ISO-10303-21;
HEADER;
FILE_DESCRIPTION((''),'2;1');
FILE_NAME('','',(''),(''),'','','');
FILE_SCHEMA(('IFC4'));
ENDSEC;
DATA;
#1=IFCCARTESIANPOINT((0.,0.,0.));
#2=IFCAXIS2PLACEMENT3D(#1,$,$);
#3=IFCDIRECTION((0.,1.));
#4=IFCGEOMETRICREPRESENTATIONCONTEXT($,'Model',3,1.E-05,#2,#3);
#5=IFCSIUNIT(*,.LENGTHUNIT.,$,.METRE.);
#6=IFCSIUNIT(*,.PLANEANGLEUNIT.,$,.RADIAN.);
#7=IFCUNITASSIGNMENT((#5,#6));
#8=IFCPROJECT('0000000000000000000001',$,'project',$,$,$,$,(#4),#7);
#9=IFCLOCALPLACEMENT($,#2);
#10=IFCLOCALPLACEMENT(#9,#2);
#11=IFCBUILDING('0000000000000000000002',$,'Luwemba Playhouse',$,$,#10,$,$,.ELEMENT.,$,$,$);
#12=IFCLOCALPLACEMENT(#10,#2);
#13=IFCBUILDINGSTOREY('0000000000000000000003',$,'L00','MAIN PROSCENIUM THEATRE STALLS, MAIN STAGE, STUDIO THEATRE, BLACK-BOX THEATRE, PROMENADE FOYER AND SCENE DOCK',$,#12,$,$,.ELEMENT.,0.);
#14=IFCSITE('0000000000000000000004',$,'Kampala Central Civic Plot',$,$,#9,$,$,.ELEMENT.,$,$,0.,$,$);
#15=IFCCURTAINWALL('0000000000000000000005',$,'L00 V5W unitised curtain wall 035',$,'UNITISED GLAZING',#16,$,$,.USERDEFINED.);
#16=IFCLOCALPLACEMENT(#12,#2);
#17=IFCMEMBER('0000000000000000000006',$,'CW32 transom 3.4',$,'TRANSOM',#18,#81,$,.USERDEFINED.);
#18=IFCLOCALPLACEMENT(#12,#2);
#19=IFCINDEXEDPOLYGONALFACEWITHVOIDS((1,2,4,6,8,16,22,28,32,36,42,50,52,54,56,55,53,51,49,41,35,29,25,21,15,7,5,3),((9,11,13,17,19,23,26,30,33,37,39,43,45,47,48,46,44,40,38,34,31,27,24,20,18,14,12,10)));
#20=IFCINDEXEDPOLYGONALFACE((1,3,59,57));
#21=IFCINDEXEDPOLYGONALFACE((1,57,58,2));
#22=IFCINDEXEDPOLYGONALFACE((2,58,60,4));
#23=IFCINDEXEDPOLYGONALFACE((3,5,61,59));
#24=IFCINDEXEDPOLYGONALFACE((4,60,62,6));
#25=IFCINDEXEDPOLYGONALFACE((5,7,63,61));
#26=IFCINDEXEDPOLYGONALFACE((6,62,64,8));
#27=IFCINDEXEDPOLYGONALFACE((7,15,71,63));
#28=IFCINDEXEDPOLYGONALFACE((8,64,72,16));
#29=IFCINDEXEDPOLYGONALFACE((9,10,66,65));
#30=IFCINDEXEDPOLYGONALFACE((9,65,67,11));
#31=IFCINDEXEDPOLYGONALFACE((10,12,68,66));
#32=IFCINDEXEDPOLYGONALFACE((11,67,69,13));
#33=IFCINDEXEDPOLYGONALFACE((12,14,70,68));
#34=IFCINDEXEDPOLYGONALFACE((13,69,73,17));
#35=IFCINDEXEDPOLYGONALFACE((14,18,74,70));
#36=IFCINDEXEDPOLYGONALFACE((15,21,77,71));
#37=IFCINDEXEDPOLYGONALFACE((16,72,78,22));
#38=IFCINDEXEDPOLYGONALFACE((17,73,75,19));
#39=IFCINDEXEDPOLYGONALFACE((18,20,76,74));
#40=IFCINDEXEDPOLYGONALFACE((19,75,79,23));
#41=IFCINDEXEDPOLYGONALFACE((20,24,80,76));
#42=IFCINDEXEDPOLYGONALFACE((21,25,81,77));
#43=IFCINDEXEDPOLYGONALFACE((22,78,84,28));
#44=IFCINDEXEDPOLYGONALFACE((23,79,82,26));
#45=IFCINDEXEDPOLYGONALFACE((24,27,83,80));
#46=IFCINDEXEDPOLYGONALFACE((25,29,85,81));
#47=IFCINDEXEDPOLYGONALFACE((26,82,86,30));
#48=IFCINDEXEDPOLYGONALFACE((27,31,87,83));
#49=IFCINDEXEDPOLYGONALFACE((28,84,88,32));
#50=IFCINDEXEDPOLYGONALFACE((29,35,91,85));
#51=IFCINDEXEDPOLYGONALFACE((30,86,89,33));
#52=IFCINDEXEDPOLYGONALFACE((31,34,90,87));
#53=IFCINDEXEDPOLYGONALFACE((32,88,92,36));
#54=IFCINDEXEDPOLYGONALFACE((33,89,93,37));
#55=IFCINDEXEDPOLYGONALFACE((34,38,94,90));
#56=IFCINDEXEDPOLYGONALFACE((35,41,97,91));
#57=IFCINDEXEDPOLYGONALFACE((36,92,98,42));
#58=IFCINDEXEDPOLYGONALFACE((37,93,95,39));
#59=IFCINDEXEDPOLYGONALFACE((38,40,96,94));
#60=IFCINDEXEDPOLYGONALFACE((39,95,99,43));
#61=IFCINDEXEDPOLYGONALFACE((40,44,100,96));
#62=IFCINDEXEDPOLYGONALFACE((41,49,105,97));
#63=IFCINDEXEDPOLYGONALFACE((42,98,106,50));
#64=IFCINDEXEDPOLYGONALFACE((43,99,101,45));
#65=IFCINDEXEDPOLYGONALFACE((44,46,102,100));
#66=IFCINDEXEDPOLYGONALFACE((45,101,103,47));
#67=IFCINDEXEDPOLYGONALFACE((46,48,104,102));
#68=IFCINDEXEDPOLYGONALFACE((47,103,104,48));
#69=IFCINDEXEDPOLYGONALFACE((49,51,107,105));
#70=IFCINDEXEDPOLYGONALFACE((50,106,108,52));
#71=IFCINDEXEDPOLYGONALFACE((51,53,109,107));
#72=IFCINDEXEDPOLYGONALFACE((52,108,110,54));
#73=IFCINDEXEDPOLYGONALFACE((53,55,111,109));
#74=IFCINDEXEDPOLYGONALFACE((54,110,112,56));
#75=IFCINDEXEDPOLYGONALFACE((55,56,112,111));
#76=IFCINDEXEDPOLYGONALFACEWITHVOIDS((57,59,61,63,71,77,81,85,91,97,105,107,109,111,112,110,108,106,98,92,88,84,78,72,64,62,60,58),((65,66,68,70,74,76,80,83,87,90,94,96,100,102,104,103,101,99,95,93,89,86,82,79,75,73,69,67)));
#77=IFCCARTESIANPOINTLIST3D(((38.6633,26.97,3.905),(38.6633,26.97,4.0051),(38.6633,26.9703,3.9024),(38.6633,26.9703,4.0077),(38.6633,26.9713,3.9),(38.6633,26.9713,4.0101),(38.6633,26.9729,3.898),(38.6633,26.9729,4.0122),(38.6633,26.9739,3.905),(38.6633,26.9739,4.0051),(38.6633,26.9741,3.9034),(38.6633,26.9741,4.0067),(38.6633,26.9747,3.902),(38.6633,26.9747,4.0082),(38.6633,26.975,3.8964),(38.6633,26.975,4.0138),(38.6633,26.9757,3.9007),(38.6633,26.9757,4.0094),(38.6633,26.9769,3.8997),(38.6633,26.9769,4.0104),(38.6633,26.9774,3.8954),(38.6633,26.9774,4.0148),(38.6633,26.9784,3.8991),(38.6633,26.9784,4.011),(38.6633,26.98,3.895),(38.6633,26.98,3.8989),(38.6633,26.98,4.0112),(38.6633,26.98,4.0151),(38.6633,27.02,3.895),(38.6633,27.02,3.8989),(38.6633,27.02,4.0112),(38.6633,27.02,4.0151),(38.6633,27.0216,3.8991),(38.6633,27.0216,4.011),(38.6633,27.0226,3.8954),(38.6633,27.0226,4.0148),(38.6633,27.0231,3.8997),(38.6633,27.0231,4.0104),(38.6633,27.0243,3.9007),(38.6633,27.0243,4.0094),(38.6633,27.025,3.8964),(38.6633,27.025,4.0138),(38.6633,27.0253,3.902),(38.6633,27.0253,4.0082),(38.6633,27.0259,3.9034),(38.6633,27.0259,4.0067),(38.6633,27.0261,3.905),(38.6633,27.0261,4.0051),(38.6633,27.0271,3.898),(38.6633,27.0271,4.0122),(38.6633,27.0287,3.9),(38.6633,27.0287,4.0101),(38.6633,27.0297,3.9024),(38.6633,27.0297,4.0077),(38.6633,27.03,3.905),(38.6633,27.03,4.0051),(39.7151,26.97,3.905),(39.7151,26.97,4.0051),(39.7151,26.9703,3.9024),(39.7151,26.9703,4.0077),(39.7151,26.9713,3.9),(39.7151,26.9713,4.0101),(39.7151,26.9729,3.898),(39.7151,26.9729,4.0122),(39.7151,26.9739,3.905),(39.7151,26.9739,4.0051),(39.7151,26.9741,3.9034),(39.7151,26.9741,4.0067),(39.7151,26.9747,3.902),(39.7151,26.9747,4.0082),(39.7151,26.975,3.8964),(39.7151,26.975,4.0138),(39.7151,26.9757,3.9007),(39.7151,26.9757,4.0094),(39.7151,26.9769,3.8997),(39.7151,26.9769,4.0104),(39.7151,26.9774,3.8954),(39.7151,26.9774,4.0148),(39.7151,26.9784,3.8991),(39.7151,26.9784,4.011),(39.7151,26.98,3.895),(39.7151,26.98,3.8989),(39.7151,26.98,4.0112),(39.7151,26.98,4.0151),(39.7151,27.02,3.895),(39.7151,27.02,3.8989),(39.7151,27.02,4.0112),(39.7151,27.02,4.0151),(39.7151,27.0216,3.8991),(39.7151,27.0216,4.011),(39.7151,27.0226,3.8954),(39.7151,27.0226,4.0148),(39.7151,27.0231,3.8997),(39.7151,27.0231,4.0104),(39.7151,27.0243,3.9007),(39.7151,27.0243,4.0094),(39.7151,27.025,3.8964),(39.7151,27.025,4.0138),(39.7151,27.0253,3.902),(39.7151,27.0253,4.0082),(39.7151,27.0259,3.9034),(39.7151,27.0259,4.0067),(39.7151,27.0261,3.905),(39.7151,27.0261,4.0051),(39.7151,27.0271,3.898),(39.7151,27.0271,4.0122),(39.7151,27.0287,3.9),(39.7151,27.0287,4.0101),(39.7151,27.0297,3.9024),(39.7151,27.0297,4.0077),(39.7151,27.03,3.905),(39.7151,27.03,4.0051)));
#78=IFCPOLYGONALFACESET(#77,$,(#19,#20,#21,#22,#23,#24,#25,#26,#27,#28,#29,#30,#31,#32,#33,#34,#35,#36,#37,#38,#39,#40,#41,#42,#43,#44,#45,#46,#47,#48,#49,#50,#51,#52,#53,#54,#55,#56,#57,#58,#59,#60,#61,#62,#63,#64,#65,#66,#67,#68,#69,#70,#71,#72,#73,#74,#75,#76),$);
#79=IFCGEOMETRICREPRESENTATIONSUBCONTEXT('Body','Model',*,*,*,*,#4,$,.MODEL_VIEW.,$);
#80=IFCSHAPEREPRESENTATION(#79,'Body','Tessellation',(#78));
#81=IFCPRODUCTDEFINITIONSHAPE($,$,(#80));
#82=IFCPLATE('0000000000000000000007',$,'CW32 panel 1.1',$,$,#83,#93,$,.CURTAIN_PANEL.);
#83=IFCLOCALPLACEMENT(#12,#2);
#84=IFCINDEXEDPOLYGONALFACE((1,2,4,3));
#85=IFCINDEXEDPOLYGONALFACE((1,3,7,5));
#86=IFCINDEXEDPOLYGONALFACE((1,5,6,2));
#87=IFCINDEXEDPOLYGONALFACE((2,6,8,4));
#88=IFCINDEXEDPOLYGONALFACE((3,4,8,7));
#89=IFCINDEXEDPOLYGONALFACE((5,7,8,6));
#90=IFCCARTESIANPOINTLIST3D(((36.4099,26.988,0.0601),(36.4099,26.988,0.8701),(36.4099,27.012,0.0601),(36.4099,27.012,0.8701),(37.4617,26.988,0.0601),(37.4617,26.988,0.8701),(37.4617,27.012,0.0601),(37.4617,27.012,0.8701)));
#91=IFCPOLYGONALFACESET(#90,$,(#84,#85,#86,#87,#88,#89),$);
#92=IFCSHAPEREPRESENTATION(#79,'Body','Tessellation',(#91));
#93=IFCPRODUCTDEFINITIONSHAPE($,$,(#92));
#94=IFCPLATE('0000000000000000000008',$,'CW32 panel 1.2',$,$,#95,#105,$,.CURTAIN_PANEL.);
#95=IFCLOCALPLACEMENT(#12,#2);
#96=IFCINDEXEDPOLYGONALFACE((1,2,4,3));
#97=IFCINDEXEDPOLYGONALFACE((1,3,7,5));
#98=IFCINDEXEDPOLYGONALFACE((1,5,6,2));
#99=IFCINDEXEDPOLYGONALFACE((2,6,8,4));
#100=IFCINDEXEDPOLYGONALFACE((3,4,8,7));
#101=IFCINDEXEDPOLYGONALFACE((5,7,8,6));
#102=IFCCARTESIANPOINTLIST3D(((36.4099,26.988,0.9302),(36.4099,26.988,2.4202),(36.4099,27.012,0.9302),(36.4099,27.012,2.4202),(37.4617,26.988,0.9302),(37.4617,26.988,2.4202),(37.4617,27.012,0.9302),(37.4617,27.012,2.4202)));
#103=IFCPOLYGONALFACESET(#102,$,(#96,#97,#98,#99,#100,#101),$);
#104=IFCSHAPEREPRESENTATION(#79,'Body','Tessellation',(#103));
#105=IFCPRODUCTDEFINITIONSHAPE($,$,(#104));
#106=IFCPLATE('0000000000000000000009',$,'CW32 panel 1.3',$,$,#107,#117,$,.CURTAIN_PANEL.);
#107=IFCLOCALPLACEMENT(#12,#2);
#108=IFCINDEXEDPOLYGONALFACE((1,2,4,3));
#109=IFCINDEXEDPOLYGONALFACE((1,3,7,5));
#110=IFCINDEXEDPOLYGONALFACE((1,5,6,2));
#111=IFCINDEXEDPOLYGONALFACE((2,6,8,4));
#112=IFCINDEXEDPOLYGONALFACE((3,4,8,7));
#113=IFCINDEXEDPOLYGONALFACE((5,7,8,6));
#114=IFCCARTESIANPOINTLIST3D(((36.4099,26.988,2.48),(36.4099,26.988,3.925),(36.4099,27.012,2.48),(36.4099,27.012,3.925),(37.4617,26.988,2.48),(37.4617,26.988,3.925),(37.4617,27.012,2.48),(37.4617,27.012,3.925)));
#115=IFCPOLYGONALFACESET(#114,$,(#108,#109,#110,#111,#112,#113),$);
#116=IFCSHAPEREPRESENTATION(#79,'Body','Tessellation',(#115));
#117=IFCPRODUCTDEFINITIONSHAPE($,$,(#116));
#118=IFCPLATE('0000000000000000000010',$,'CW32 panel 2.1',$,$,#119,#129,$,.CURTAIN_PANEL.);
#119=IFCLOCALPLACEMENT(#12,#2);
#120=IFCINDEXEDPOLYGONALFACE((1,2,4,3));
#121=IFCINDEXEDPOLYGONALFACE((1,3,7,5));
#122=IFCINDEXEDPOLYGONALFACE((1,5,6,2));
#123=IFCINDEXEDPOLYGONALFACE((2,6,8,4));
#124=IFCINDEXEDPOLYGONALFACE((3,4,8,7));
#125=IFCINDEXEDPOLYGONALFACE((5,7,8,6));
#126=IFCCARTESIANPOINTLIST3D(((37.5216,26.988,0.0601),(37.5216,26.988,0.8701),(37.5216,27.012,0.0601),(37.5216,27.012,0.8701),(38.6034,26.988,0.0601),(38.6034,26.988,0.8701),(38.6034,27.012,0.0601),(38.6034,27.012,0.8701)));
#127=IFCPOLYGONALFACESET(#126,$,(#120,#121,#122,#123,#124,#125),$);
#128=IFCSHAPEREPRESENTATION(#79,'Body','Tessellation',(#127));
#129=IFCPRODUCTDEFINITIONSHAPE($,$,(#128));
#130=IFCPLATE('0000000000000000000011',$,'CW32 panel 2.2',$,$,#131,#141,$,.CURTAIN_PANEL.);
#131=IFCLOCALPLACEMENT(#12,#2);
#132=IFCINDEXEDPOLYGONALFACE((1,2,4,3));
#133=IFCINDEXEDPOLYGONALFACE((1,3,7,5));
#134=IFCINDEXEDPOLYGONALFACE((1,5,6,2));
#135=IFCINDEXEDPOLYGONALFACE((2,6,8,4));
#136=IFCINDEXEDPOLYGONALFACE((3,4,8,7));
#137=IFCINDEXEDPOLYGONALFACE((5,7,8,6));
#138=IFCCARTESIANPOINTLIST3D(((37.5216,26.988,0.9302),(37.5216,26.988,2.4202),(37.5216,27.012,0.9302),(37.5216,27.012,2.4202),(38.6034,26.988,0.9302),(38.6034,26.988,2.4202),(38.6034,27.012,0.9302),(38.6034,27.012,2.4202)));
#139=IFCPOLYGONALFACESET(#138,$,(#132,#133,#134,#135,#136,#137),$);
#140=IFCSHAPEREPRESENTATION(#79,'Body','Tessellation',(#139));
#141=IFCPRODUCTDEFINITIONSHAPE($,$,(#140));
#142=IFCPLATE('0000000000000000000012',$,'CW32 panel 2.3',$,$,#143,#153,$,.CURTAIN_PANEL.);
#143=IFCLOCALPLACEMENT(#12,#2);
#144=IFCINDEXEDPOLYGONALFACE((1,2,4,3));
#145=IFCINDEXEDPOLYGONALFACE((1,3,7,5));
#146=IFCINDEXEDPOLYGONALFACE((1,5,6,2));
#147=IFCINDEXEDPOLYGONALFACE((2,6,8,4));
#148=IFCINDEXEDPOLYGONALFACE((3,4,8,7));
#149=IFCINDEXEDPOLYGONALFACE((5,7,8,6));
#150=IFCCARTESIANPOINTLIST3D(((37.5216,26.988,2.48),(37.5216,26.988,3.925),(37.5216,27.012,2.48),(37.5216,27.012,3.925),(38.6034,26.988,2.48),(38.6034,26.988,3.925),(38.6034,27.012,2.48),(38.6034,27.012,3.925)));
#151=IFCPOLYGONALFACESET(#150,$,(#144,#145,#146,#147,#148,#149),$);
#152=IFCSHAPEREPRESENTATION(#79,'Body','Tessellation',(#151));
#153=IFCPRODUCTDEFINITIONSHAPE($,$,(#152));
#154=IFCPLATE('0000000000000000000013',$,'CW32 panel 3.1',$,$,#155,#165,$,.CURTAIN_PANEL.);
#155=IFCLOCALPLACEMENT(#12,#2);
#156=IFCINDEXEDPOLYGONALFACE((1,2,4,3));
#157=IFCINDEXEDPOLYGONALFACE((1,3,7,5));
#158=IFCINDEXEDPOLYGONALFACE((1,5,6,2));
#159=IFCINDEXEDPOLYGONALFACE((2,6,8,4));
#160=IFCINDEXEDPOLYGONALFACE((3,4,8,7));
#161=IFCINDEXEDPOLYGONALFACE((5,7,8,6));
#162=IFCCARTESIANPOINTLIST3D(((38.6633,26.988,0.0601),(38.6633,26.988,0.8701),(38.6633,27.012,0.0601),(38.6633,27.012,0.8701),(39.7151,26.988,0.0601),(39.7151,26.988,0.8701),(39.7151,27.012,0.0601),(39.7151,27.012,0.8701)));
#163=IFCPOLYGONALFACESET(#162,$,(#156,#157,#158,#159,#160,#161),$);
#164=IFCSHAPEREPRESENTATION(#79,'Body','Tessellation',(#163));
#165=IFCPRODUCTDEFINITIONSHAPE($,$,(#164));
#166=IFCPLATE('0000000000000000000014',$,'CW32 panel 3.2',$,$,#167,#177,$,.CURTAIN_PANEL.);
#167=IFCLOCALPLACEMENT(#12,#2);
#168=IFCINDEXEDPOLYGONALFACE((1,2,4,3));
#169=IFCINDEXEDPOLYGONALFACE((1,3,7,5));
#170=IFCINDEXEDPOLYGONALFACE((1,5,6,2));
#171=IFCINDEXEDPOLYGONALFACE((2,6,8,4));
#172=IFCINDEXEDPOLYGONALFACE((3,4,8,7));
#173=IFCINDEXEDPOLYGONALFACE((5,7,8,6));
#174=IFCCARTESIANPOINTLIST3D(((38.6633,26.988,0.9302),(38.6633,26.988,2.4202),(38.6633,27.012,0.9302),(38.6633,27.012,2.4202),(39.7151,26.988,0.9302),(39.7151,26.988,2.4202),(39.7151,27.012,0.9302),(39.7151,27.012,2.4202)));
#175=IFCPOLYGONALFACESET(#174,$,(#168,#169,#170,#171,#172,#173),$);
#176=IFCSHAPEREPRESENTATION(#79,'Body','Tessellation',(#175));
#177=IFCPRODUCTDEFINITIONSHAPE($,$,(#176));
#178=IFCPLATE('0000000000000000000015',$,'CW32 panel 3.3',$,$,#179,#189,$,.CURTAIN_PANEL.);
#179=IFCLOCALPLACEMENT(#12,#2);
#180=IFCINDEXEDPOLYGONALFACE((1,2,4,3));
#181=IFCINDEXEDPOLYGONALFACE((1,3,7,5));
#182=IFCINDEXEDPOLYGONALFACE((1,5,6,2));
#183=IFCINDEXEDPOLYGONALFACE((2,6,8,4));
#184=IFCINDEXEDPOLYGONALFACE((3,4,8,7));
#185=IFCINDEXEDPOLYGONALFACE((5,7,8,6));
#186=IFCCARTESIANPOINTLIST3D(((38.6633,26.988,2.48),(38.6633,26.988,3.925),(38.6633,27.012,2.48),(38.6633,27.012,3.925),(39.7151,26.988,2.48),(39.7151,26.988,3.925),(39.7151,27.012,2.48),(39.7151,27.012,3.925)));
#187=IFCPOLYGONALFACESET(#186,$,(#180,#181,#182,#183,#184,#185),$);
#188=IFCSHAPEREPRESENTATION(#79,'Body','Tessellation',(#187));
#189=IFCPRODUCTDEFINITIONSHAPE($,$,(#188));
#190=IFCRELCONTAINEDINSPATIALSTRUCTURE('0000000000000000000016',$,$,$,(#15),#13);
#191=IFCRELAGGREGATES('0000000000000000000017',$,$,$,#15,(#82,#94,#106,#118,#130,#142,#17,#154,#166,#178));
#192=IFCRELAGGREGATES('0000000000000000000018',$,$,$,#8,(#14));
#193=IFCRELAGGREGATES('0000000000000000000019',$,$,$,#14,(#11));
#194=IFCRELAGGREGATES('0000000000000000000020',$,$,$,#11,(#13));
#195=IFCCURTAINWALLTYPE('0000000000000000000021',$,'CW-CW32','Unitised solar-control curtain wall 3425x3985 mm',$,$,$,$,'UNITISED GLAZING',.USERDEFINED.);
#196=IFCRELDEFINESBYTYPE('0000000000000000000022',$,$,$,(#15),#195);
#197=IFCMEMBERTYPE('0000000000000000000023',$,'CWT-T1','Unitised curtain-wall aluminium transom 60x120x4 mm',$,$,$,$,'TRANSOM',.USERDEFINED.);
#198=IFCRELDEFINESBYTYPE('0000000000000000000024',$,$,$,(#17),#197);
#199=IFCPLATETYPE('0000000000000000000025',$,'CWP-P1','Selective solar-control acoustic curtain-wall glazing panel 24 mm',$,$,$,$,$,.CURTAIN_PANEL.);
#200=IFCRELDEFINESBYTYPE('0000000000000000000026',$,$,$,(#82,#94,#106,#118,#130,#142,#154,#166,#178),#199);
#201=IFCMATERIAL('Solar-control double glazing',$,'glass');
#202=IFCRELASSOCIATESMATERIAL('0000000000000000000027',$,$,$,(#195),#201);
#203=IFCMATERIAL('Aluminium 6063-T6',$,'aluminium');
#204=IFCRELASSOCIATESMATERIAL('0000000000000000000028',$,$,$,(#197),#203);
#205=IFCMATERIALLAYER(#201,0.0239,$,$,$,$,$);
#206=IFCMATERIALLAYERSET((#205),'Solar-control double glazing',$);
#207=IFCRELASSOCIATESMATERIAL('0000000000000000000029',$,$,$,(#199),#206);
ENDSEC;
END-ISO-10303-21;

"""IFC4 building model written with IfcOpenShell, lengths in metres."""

from ifc_helpers import new_model, si_unit, direction, frame, origin, origin_2d, place, context, subcontext, project, spatial, rectangle, hollow_rectangle, extrude, material, layer, layer_set, material_profile, profile_set, type_object, element, aggregate, save


model = new_model("IFC4")

# Units and contexts
model_context = context("Model", 3, precision=1e-05, world=origin(), true_north=direction((0.0, 1.0)))
body_context = subcontext(model_context, "Body", "Model", "MODEL_VIEW")
ifc_project = project(units=[si_unit("LENGTHUNIT", "METRE"), si_unit("PLANEANGLEUNIT", "RADIAN")], contexts=[model_context])

# Site, building, storey
site_placement = place(None, origin())
site = spatial("IfcSite", under=ifc_project, at=site_placement, Name="Kampala Central Civic Plot", CompositionType="ELEMENT", RefElevation=0.0)
building_placement = place(site_placement, origin())
building = spatial("IfcBuilding", under=site, at=building_placement, Name="Luwemba Playhouse", CompositionType="ELEMENT")
storey_placement = place(building_placement, origin())
storey = spatial("IfcBuildingStorey", under=building, at=storey_placement, Name="L00", Description="MAIN PROSCENIUM THEATRE STALLS, MAIN STAGE, STUDIO THEATRE, BLACK-BOX THEATRE, PROMENADE FOYER AND SCENE DOCK", CompositionType="ELEMENT", Elevation=0.0)

# Curtain wall, member, plates
ifc_material_1 = material(Name="Solar-control double glazing", Category="glass")
curtain_wall_type = type_object("IfcCurtainWallType", Name="CW-CW32", Description="Unitised solar-control curtain wall 3425x3985 mm", ElementType="UNITISED GLAZING", PredefinedType="USERDEFINED", material=ifc_material_1)
curtain_wall_placement = place(storey_placement, origin())
curtain_wall = element("IfcCurtainWall", 1, at=curtain_wall_placement, inside=storey, type_object=curtain_wall_type, Name="L00 V5W unitised curtain wall 035", ObjectType="UNITISED GLAZING", PredefinedType="USERDEFINED")
ifc_material_2 = material(Name="Aluminium 6063-T6", Category="aluminium")
ifc_material_profile_1 = material_profile(ifc_material_2, hollow_rectangle(XDim=0.0601, YDim=0.1201, WallThickness=0.0039, InnerFilletRadius=0.0061, OuterFilletRadius=0.01, at=origin_2d()))
ifc_profile_set_1 = profile_set([ifc_material_profile_1], Name="Aluminium 6063-T6")
member_type_1 = type_object("IfcMemberType", Name="CWT-T1", Description="Unitised curtain-wall aluminium transom 60x120x4 mm", ElementType="TRANSOM", PredefinedType="USERDEFINED", material=ifc_profile_set_1)
member_1_placement = place(storey_placement, frame((38.6633, 27.0, 3.9551), z_axis=(1.0, 0.0, 0.0), x_axis=(0.0, 1.0, 0.0)))
member_1 = element("IfcMember", 2, at=member_1_placement, type_object=member_type_1, Name="CW32 transom 3.4", ObjectType="TRANSOM", PredefinedType="USERDEFINED", context=body_context, shape_type="SweptSolid", body=[
    extrude(hollow_rectangle(XDim=0.0601, YDim=0.1201, WallThickness=0.0039, InnerFilletRadius=0.0061, OuterFilletRadius=0.01, at=origin_2d()), origin(), (0.0, 0.0, 1.0), 1.0518),
])
ifc_layer = layer(ifc_material_1, 0.0239)
ifc_layer_set = layer_set([ifc_layer], Name="Solar-control double glazing")
plate_type = type_object("IfcPlateType", Name="CWP-P1", Description="Selective solar-control acoustic curtain-wall glazing panel 24 mm", PredefinedType="CURTAIN_PANEL", material=ifc_layer_set)
plate_1_placement = place(storey_placement, frame((36.9358, 27.0, 0.0601), z_axis=(0.0, 0.0, 1.0), x_axis=(1.0, 0.0, 0.0)))
plate_1 = element("IfcPlate", 3, at=plate_1_placement, type_object=plate_type, Name="CW32 panel 1.1", PredefinedType="CURTAIN_PANEL", context=body_context, shape_type="SweptSolid", body=[
    extrude(rectangle(XDim=1.0518, YDim=0.0239, at=origin_2d()), origin(), (0.0, 0.0, 1.0), 0.8101),
])
plate_2_placement = place(storey_placement, frame((36.9358, 27.0, 0.9302), z_axis=(0.0, 0.0, 1.0), x_axis=(1.0, 0.0, 0.0)))
plate_2 = element("IfcPlate", 4, at=plate_2_placement, type_object=plate_type, Name="CW32 panel 1.2", PredefinedType="CURTAIN_PANEL", context=body_context, shape_type="SweptSolid", body=[
    extrude(rectangle(XDim=1.0518, YDim=0.0239, at=origin_2d()), origin(), (0.0, 0.0, 1.0), 1.49),
])
plate_3_placement = place(storey_placement, frame((36.9358, 27.0, 2.48), z_axis=(0.0, 0.0, 1.0), x_axis=(1.0, 0.0, 0.0)))
plate_3 = element("IfcPlate", 5, at=plate_3_placement, type_object=plate_type, Name="CW32 panel 1.3", PredefinedType="CURTAIN_PANEL", context=body_context, shape_type="SweptSolid", body=[
    extrude(rectangle(XDim=1.0518, YDim=0.0239, at=origin_2d()), origin(), (0.0, 0.0, 1.0), 1.4451),
])
plate_4_placement = place(storey_placement, frame((38.0625, 27.0, 0.0601), z_axis=(0.0, 0.0, 1.0), x_axis=(1.0, 0.0, 0.0)))
plate_4 = element("IfcPlate", 6, at=plate_4_placement, type_object=plate_type, Name="CW32 panel 2.1", PredefinedType="CURTAIN_PANEL", context=body_context, shape_type="SweptSolid", body=[
    extrude(rectangle(XDim=1.0818, YDim=0.0239, at=origin_2d()), origin(), (0.0, 0.0, 1.0), 0.8101),
])
plate_5_placement = place(storey_placement, frame((38.0625, 27.0, 0.9302), z_axis=(0.0, 0.0, 1.0), x_axis=(1.0, 0.0, 0.0)))
plate_5 = element("IfcPlate", 7, at=plate_5_placement, type_object=plate_type, Name="CW32 panel 2.2", PredefinedType="CURTAIN_PANEL", context=body_context, shape_type="SweptSolid", body=[
    extrude(rectangle(XDim=1.0818, YDim=0.0239, at=origin_2d()), origin(), (0.0, 0.0, 1.0), 1.49),
])
plate_6_placement = place(storey_placement, frame((38.0625, 27.0, 2.48), z_axis=(0.0, 0.0, 1.0), x_axis=(1.0, 0.0, 0.0)))
plate_6 = element("IfcPlate", 8, at=plate_6_placement, type_object=plate_type, Name="CW32 panel 2.3", PredefinedType="CURTAIN_PANEL", context=body_context, shape_type="SweptSolid", body=[
    extrude(rectangle(XDim=1.0818, YDim=0.0239, at=origin_2d()), origin(), (0.0, 0.0, 1.0), 1.4451),
])
plate_7_placement = place(storey_placement, frame((39.1892, 27.0, 0.0601), z_axis=(0.0, 0.0, 1.0), x_axis=(1.0, 0.0, 0.0)))
plate_7 = element("IfcPlate", 9, at=plate_7_placement, type_object=plate_type, Name="CW32 panel 3.1", PredefinedType="CURTAIN_PANEL", context=body_context, shape_type="SweptSolid", body=[
    extrude(rectangle(XDim=1.0518, YDim=0.0239, at=origin_2d()), origin(), (0.0, 0.0, 1.0), 0.8101),
])
plate_8_placement = place(storey_placement, frame((39.1892, 27.0, 0.9302), z_axis=(0.0, 0.0, 1.0), x_axis=(1.0, 0.0, 0.0)))
plate_8 = element("IfcPlate", 10, at=plate_8_placement, type_object=plate_type, Name="CW32 panel 3.2", PredefinedType="CURTAIN_PANEL", context=body_context, shape_type="SweptSolid", body=[
    extrude(rectangle(XDim=1.0518, YDim=0.0239, at=origin_2d()), origin(), (0.0, 0.0, 1.0), 1.49),
])
plate_9_placement = place(storey_placement, frame((39.1892, 27.0, 2.48), z_axis=(0.0, 0.0, 1.0), x_axis=(1.0, 0.0, 0.0)))
plate_9 = element("IfcPlate", 11, at=plate_9_placement, type_object=plate_type, Name="CW32 panel 3.3", PredefinedType="CURTAIN_PANEL", context=body_context, shape_type="SweptSolid", body=[
    extrude(rectangle(XDim=1.0518, YDim=0.0239, at=origin_2d()), origin(), (0.0, 0.0, 1.0), 1.4451),
])
aggregate(curtain_wall, [plate_1, plate_2, plate_3, plate_4, plate_5, plate_6, member_1, plate_7, plate_8, plate_9])

save(model, "model.ifc")
